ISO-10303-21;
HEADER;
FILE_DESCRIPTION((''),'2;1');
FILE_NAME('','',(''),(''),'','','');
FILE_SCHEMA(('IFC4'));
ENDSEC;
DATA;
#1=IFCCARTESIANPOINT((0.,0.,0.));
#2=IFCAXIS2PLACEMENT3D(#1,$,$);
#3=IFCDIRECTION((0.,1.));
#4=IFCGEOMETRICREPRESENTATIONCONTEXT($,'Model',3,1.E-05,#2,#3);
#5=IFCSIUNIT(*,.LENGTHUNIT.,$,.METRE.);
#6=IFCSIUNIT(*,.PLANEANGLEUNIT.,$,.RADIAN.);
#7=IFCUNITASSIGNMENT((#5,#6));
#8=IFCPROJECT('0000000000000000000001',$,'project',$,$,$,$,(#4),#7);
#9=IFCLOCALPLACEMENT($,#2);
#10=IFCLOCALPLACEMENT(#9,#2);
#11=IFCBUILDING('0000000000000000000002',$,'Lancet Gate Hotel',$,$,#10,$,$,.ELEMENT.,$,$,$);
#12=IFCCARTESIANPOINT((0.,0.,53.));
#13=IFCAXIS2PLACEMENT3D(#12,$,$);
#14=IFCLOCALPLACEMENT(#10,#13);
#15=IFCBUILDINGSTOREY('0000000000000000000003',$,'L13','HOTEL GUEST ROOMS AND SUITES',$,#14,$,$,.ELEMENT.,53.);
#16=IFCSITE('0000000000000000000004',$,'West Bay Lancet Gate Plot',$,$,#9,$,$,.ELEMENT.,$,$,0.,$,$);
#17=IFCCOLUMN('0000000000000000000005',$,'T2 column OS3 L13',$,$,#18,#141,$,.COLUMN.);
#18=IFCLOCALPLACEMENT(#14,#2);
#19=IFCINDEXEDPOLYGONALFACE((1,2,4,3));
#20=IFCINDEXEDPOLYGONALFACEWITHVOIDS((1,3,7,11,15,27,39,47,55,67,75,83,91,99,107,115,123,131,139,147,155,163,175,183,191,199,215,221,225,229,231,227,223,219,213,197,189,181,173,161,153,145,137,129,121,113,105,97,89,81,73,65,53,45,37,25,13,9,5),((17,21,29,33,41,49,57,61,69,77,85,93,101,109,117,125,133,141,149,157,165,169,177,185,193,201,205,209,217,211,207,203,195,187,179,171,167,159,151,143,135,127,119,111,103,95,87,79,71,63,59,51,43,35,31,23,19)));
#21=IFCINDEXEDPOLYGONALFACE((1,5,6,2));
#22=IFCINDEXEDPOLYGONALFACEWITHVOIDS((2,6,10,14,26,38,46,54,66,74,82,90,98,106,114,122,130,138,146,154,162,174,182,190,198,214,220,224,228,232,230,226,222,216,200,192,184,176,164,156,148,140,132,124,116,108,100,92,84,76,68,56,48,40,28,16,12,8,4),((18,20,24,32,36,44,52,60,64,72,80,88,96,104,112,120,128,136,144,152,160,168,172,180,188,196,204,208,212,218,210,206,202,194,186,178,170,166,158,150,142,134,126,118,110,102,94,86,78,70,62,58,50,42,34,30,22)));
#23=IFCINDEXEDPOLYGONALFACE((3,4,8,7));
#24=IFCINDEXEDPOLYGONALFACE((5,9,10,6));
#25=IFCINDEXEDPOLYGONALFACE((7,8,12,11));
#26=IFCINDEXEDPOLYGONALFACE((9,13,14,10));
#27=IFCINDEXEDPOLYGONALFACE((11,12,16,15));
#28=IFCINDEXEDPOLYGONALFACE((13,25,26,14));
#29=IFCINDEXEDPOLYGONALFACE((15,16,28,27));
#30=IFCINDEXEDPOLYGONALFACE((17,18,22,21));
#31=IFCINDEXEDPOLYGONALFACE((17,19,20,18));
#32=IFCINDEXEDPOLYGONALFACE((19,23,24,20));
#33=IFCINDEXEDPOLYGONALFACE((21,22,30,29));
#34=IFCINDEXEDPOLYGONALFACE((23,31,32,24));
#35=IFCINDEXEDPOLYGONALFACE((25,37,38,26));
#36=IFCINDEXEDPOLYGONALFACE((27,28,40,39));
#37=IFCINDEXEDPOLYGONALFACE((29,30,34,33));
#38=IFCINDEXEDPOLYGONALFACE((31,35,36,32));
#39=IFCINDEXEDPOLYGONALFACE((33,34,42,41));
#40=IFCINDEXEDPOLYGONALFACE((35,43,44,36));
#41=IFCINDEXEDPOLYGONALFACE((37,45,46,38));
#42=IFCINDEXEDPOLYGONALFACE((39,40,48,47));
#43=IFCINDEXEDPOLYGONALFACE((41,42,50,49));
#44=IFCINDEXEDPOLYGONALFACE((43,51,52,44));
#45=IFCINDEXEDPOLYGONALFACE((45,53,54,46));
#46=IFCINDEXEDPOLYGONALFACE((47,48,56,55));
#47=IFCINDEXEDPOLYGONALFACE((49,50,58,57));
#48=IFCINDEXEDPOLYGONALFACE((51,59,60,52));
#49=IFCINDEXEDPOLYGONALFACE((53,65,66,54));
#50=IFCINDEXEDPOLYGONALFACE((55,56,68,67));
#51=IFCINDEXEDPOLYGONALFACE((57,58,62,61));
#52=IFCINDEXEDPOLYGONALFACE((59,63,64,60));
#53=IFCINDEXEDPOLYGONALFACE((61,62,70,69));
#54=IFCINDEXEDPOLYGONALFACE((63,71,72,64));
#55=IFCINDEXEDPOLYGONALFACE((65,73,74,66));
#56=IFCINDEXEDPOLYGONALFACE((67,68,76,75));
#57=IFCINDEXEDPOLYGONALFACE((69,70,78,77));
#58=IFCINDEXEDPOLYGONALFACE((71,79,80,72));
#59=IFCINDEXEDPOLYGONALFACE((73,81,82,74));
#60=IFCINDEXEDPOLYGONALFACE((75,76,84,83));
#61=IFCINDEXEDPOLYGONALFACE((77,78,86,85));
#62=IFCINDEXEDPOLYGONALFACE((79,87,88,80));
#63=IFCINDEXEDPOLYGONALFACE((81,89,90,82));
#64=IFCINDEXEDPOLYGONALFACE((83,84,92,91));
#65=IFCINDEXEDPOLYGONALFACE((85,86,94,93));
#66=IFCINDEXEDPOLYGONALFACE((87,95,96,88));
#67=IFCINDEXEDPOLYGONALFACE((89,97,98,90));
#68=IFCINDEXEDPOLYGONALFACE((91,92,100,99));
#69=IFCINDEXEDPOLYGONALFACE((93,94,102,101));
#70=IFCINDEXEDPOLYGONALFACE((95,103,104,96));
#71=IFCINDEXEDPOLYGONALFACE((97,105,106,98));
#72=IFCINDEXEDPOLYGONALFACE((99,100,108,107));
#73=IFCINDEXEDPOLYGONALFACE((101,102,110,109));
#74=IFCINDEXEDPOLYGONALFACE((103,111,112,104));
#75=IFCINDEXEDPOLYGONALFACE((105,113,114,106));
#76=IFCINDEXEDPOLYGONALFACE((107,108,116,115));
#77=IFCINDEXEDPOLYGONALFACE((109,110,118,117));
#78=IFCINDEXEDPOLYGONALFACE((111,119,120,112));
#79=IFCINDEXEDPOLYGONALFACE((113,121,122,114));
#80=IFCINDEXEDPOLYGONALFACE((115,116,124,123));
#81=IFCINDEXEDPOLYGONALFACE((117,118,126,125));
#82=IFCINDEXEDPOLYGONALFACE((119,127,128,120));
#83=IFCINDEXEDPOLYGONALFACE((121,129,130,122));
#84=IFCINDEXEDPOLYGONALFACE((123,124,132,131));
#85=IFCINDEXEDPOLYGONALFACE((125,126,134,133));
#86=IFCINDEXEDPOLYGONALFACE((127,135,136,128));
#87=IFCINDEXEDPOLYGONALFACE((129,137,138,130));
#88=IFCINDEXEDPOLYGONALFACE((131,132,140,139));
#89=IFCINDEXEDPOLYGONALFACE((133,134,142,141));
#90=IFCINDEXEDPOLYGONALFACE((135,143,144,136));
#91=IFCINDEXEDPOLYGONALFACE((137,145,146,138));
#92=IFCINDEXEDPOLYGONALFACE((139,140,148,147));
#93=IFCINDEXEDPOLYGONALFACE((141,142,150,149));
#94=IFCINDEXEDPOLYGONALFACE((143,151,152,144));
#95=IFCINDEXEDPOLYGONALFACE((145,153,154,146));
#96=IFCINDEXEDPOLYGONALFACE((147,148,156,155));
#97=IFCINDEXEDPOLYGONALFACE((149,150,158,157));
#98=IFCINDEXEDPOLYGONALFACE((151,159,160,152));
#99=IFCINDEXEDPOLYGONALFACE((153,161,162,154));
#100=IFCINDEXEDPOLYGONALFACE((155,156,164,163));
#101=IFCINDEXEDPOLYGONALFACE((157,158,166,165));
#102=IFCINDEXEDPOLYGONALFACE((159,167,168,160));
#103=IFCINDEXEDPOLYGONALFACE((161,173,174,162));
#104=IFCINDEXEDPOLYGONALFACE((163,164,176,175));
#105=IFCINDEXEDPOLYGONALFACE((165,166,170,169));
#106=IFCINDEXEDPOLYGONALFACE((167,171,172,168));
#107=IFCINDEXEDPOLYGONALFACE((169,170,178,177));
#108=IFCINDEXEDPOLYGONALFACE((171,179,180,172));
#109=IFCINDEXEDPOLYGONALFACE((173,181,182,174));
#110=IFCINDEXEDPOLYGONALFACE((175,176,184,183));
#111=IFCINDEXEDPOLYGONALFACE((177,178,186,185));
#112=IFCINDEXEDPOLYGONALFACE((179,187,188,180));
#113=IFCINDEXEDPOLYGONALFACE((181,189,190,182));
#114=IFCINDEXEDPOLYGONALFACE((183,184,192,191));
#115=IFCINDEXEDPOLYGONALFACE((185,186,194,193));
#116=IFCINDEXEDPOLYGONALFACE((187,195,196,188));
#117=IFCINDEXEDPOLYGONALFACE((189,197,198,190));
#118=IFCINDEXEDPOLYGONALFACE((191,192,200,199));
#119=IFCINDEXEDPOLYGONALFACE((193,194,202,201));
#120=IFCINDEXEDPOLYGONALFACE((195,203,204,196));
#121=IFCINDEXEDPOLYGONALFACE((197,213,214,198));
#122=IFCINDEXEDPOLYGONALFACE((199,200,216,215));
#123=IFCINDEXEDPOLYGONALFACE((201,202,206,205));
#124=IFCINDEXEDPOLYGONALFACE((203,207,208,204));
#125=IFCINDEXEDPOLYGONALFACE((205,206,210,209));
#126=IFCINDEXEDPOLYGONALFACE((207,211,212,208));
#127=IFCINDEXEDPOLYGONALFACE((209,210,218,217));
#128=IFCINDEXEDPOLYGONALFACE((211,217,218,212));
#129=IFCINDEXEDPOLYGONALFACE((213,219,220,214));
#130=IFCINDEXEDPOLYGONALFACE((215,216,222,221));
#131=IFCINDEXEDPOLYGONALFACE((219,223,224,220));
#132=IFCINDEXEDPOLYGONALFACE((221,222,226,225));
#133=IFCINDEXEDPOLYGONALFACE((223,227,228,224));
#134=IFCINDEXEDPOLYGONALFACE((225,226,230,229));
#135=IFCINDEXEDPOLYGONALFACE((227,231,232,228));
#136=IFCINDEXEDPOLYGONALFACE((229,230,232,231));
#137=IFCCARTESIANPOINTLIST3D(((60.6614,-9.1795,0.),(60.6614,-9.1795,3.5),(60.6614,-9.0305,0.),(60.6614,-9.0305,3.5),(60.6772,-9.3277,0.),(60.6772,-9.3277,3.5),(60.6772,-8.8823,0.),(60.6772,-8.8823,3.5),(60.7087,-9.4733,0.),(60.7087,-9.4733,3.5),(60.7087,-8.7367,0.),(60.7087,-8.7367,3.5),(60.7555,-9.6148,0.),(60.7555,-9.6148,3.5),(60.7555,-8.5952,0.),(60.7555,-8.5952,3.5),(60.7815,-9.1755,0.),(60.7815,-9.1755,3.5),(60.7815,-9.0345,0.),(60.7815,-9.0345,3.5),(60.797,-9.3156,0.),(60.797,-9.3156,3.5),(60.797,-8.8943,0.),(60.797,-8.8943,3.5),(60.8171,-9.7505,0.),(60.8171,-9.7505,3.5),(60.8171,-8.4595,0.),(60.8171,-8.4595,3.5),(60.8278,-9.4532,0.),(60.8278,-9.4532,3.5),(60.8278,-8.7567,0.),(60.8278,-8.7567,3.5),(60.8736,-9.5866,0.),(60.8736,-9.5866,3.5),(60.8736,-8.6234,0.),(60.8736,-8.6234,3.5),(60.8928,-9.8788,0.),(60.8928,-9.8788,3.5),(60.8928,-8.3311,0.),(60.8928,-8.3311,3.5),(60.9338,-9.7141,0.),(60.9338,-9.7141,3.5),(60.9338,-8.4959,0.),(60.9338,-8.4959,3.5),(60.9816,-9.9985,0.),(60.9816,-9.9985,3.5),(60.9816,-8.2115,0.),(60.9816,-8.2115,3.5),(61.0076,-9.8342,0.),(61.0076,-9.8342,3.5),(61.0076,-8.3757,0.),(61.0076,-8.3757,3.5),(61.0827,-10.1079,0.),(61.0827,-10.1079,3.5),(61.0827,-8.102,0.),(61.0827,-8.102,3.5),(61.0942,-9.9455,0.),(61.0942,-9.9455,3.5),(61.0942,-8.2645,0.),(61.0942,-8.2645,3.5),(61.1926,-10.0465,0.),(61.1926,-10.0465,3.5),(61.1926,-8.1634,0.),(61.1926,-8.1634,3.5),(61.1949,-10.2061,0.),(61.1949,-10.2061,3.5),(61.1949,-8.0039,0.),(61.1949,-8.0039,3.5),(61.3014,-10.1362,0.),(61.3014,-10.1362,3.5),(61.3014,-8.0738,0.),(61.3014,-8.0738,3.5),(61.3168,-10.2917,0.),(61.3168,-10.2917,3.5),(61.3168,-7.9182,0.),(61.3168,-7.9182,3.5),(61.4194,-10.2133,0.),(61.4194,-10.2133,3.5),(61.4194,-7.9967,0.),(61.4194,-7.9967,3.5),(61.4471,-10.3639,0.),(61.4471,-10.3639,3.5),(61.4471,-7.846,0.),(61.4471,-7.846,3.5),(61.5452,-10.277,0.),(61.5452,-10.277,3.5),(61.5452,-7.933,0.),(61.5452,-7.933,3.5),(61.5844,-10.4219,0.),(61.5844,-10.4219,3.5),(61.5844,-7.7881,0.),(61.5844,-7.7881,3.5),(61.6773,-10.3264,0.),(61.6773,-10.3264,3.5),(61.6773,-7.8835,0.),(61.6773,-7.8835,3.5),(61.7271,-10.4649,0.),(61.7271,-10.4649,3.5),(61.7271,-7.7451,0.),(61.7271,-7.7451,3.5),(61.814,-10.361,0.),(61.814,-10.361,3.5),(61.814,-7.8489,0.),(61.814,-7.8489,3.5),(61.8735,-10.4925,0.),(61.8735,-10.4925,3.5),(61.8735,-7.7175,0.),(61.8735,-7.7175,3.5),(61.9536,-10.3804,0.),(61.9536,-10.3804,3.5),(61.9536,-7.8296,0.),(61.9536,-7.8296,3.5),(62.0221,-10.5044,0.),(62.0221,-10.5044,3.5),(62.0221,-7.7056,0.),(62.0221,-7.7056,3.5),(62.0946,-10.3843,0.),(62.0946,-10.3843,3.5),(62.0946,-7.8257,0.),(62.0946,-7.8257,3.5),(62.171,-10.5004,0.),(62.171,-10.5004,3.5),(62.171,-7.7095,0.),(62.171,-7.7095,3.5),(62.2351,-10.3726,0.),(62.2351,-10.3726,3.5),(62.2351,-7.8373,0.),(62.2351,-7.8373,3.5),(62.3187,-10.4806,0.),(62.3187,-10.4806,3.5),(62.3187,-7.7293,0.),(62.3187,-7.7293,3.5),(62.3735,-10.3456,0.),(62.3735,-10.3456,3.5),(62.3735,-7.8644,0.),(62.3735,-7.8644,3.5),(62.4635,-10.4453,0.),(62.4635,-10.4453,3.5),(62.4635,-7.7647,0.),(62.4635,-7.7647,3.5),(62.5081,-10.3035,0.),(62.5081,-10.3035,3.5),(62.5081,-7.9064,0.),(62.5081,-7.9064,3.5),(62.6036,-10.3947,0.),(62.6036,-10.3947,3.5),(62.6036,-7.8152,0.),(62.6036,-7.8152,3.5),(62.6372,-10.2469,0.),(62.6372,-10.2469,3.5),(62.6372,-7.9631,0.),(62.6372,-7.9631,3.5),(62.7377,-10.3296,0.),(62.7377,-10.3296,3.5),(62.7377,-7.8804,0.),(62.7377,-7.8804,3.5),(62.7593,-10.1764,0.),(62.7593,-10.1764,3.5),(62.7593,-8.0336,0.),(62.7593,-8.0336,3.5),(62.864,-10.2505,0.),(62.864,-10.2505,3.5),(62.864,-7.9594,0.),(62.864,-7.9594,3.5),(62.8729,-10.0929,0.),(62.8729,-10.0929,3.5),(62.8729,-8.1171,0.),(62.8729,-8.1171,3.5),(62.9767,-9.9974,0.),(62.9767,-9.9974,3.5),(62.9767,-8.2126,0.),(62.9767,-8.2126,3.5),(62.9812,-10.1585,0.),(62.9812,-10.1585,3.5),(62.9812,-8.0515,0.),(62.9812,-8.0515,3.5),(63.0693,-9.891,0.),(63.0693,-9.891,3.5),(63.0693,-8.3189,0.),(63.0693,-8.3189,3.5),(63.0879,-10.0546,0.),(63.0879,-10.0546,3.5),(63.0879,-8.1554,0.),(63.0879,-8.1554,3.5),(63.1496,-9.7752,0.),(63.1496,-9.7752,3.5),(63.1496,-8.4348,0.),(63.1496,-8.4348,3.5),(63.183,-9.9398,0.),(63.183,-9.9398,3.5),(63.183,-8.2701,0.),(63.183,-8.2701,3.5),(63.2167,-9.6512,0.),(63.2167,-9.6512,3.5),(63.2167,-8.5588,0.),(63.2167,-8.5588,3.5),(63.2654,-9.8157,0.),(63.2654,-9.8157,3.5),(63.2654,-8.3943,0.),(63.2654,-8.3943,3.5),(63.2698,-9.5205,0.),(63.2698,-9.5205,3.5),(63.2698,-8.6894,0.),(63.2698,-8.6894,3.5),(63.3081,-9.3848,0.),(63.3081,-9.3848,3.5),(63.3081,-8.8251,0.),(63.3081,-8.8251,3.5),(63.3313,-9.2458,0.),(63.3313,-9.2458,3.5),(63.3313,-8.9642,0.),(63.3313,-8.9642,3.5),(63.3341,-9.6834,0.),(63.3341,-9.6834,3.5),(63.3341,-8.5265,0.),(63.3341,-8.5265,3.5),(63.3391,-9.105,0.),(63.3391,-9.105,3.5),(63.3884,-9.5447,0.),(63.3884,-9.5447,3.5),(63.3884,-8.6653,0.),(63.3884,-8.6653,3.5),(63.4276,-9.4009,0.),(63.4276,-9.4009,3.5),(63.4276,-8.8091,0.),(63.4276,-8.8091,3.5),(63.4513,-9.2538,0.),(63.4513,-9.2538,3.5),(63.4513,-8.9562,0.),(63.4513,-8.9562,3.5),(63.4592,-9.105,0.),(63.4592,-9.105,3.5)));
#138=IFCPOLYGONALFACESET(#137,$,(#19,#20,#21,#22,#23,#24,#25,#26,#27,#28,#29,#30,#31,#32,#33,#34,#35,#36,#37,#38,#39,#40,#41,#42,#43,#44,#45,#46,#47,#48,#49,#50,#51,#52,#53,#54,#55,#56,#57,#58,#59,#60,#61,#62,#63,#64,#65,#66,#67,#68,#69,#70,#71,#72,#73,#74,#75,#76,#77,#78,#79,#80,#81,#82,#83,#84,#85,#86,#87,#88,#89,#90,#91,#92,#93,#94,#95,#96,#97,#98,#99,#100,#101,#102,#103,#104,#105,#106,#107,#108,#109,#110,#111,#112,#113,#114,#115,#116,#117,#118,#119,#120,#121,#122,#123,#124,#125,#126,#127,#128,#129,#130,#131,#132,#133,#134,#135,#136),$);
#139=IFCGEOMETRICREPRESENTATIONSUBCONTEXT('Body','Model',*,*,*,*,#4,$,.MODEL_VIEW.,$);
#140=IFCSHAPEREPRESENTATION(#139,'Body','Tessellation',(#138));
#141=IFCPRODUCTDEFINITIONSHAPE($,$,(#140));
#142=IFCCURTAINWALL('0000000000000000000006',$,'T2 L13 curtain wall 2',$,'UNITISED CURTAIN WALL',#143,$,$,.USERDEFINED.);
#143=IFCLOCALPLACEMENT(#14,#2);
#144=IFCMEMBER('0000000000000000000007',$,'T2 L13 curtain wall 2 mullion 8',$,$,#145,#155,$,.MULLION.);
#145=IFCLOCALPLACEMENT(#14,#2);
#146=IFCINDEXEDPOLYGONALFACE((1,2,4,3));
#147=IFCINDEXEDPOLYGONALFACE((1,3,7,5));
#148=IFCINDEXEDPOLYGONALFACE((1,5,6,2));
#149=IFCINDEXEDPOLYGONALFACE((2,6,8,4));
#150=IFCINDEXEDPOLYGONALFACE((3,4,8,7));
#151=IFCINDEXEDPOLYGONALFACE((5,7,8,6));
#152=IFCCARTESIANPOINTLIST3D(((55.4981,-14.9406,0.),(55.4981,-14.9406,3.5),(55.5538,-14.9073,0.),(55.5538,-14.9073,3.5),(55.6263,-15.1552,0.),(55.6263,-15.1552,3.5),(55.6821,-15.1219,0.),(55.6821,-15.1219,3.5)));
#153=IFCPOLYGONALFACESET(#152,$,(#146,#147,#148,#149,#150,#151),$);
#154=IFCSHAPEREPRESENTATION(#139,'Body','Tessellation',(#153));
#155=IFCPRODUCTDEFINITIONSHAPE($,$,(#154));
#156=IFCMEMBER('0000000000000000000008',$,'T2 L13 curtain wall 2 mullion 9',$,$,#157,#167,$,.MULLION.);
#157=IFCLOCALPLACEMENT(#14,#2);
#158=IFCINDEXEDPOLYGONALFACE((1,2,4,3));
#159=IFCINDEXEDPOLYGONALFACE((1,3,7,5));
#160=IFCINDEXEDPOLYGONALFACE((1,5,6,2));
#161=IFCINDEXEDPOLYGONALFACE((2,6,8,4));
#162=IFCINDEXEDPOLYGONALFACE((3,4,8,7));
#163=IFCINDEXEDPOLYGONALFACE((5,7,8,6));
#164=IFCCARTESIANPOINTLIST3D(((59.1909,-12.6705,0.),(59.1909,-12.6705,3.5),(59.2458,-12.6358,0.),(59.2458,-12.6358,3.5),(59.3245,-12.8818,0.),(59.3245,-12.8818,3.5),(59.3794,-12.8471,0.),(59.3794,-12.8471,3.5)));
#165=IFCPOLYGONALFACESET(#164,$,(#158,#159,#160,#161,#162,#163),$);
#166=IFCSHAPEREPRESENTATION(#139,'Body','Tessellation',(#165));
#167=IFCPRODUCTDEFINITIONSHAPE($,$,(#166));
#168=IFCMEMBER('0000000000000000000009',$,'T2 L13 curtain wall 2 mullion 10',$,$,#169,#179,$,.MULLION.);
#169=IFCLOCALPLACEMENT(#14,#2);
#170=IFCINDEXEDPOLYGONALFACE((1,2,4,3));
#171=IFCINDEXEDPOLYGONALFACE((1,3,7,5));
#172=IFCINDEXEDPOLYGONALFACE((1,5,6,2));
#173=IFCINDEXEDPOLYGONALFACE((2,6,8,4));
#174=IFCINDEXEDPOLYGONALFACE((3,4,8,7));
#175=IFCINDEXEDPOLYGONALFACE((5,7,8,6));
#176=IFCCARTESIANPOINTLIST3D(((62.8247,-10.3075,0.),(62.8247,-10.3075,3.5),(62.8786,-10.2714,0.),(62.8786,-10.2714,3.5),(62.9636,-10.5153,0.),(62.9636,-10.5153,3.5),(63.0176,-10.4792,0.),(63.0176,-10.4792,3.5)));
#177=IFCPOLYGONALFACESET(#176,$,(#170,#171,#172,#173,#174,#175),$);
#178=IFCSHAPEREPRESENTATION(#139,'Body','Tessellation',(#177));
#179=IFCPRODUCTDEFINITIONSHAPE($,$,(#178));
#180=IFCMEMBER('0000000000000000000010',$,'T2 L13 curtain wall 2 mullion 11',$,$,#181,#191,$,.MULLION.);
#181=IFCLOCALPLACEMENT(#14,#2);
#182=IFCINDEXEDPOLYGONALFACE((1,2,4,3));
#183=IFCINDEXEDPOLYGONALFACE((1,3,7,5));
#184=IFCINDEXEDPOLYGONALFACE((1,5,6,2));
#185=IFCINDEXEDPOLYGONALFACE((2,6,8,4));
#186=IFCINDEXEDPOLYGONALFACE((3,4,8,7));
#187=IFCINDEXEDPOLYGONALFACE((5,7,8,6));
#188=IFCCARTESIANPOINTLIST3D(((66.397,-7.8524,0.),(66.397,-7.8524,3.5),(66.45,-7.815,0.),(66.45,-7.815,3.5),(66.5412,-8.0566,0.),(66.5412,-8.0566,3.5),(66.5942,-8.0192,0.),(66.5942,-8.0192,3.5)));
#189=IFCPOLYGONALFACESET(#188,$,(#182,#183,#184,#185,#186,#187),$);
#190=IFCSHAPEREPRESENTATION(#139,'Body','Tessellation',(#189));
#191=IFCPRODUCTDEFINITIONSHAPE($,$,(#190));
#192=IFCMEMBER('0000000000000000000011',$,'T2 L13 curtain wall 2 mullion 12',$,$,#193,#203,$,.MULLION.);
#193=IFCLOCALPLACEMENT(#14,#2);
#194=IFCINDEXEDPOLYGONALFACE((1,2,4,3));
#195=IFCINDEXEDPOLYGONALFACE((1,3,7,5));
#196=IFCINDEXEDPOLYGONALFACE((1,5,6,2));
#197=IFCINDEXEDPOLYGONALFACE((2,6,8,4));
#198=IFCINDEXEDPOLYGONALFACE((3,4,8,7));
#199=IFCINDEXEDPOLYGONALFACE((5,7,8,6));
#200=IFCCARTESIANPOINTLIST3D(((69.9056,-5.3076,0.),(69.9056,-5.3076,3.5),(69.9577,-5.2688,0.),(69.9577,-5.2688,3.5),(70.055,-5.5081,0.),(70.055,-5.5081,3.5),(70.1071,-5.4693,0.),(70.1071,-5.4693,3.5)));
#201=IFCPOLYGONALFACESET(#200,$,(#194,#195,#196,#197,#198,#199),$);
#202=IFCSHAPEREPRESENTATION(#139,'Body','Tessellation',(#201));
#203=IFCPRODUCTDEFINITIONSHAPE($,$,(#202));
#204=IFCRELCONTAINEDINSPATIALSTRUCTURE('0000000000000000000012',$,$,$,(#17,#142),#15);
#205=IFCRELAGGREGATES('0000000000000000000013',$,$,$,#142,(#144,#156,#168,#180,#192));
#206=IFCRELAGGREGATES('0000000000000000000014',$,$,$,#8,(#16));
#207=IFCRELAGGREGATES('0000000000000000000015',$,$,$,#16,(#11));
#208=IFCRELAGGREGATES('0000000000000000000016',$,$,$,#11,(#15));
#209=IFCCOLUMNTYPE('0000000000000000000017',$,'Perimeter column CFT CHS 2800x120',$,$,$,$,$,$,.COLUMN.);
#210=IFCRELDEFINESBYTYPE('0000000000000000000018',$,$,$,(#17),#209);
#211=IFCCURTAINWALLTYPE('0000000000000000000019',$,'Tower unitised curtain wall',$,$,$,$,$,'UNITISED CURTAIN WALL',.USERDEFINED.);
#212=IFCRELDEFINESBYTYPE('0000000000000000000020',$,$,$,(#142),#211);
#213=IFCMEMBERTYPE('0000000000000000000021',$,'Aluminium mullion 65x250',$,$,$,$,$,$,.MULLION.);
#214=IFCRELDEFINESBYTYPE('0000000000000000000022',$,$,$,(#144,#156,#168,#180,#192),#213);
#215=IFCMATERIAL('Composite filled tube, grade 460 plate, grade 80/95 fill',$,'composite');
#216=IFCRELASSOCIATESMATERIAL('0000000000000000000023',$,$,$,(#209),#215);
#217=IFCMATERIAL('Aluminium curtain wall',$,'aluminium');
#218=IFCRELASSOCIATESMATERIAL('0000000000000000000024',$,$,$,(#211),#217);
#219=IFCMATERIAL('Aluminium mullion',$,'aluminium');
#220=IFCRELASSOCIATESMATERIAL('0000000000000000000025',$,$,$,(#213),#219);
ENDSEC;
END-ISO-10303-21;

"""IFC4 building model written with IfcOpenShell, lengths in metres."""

from ifc_helpers import new_model, si_unit, direction, frame, origin, origin_2d, place, context, subcontext, project, spatial, rectangle, hollow_circle, extrude, material, material_profile, profile_set, type_object, element, aggregate, save


model = new_model("IFC4")

# Units and contexts
model_context = context("Model", 3, precision=1e-05, world=origin(), true_north=direction((0.0, 1.0)))
body_context = subcontext(model_context, "Body", "Model", "MODEL_VIEW")
ifc_project = project(units=[si_unit("LENGTHUNIT", "METRE"), si_unit("PLANEANGLEUNIT", "RADIAN")], contexts=[model_context])

# Site, building, storey
site_placement = place(None, origin())
site = spatial("IfcSite", under=ifc_project, at=site_placement, Name="West Bay Lancet Gate Plot", CompositionType="ELEMENT", RefElevation=0.0)
building_placement = place(site_placement, origin())
building = spatial("IfcBuilding", under=site, at=building_placement, Name="Lancet Gate Hotel", CompositionType="ELEMENT")
storey_placement = place(building_placement, frame((0.0, 0.0, 53.0)))
storey = spatial("IfcBuildingStorey", under=building, at=storey_placement, Name="L13", Description="HOTEL GUEST ROOMS AND SUITES", CompositionType="ELEMENT", Elevation=53.0)

# Column
ifc_material_1 = material(Name="Composite filled tube, grade 460 plate, grade 80/95 fill", Category="composite")
ifc_material_profile_1 = material_profile(ifc_material_1, hollow_circle(Radius=1.3999, WallThickness=0.1201, at=origin_2d()), Name="CHS 2800x120")
ifc_profile_set_1 = profile_set([ifc_material_profile_1], Name="Composite filled tube, grade 460 plate, grade 80/95 fill")
column_type_1 = type_object("IfcColumnType", Name="Perimeter column CFT CHS 2800x120", PredefinedType="COLUMN", material=ifc_profile_set_1)
for number, where, z_axis, x_axis, name in (
    (1, (62.0593, -9.105, 0.0), (0.0, 0.0, 1.0), (1.0, 0.0, 0.0), "T2 column OS3 L13"),
):
    element("IfcColumn", number, at=place(storey_placement, frame(where, z_axis=z_axis, x_axis=x_axis)), inside=storey, type_object=column_type_1, Name=name, PredefinedType="COLUMN", context=body_context, shape_type="SweptSolid", body=[
        extrude(hollow_circle(Radius=1.3999, WallThickness=0.1201, at=origin_2d()), origin(), (0.0, 0.0, 1.0), 3.5),
    ])

# Curtain wall, members
ifc_material_2 = material(Name="Aluminium curtain wall", Category="aluminium")
curtain_wall_type = type_object("IfcCurtainWallType", Name="Tower unitised curtain wall", ElementType="UNITISED CURTAIN WALL", PredefinedType="USERDEFINED", material=ifc_material_2)
curtain_wall_placement = place(storey_placement, origin())
curtain_wall = element("IfcCurtainWall", 2, at=curtain_wall_placement, inside=storey, type_object=curtain_wall_type, Name="T2 L13 curtain wall 2", ObjectType="UNITISED CURTAIN WALL", PredefinedType="USERDEFINED")
ifc_material_3 = material(Name="Aluminium mullion", Category="aluminium")
ifc_material_profile_2 = material_profile(ifc_material_3, rectangle(XDim=0.0649, YDim=0.25, at=origin_2d()), Name="MULLION 65x250")
ifc_profile_set_2 = profile_set([ifc_material_profile_2], Name="Aluminium mullion")
member_type_1 = type_object("IfcMemberType", Name="Aluminium mullion 65x250", PredefinedType="MULLION", material=ifc_profile_set_2)
member_1_placement = place(storey_placement, frame((55.5901, -15.0312, 0.0), z_axis=(0.0, 0.0, 1.0), x_axis=(0.858413, 0.512959, 0.0)))
member_1 = element("IfcMember", 3, at=member_1_placement, type_object=member_type_1, Name="T2 L13 curtain wall 2 mullion 8", PredefinedType="MULLION", context=body_context, shape_type="SweptSolid", body=[
    extrude(rectangle(XDim=0.0649, YDim=0.25, at=origin_2d()), origin(), (0.0, 0.0, 1.0), 3.5),
])
member_2_placement = place(storey_placement, frame((59.2852, -12.7588, 0.0), z_axis=(0.0, 0.0, 1.0), x_axis=(0.845079, 0.534641, 0.0)))
member_2 = element("IfcMember", 4, at=member_2_placement, type_object=member_type_1, Name="T2 L13 curtain wall 2 mullion 9", PredefinedType="MULLION", context=body_context, shape_type="SweptSolid", body=[
    extrude(rectangle(XDim=0.0649, YDim=0.25, at=origin_2d()), origin(), (0.0, 0.0, 1.0), 3.5),
])
member_3_placement = place(storey_placement, frame((62.9211, -10.3933, 0.0), z_axis=(0.0, 0.0, 1.0), x_axis=(0.831198, 0.555976, 0.0)))
member_3 = element("IfcMember", 5, at=member_3_placement, type_object=member_type_1, Name="T2 L13 curtain wall 2 mullion 10", PredefinedType="MULLION", context=body_context, shape_type="SweptSolid", body=[
    extrude(rectangle(XDim=0.0649, YDim=0.25, at=origin_2d()), origin(), (0.0, 0.0, 1.0), 3.5),
])
member_4_placement = place(storey_placement, frame((66.4956, -7.9358, 0.0), z_axis=(0.0, 0.0, 1.0), x_axis=(0.816779, 0.576951, 0.0)))
member_4 = element("IfcMember", 6, at=member_4_placement, type_object=member_type_1, Name="T2 L13 curtain wall 2 mullion 11", PredefinedType="MULLION", context=body_context, shape_type="SweptSolid", body=[
    extrude(rectangle(XDim=0.0649, YDim=0.25, at=origin_2d()), origin(), (0.0, 0.0, 1.0), 3.5),
])
member_5_placement = place(storey_placement, frame((70.0063, -5.3884, 0.0), z_axis=(0.0, 0.0, 1.0), x_axis=(0.80183, 0.597552, 0.0)))
member_5 = element("IfcMember", 7, at=member_5_placement, type_object=member_type_1, Name="T2 L13 curtain wall 2 mullion 12", PredefinedType="MULLION", context=body_context, shape_type="SweptSolid", body=[
    extrude(rectangle(XDim=0.0649, YDim=0.25, at=origin_2d()), origin(), (0.0, 0.0, 1.0), 3.5),
])

aggregate(curtain_wall, [member_1, member_2, member_3, member_4, member_5])

save(model, "model.ifc")
